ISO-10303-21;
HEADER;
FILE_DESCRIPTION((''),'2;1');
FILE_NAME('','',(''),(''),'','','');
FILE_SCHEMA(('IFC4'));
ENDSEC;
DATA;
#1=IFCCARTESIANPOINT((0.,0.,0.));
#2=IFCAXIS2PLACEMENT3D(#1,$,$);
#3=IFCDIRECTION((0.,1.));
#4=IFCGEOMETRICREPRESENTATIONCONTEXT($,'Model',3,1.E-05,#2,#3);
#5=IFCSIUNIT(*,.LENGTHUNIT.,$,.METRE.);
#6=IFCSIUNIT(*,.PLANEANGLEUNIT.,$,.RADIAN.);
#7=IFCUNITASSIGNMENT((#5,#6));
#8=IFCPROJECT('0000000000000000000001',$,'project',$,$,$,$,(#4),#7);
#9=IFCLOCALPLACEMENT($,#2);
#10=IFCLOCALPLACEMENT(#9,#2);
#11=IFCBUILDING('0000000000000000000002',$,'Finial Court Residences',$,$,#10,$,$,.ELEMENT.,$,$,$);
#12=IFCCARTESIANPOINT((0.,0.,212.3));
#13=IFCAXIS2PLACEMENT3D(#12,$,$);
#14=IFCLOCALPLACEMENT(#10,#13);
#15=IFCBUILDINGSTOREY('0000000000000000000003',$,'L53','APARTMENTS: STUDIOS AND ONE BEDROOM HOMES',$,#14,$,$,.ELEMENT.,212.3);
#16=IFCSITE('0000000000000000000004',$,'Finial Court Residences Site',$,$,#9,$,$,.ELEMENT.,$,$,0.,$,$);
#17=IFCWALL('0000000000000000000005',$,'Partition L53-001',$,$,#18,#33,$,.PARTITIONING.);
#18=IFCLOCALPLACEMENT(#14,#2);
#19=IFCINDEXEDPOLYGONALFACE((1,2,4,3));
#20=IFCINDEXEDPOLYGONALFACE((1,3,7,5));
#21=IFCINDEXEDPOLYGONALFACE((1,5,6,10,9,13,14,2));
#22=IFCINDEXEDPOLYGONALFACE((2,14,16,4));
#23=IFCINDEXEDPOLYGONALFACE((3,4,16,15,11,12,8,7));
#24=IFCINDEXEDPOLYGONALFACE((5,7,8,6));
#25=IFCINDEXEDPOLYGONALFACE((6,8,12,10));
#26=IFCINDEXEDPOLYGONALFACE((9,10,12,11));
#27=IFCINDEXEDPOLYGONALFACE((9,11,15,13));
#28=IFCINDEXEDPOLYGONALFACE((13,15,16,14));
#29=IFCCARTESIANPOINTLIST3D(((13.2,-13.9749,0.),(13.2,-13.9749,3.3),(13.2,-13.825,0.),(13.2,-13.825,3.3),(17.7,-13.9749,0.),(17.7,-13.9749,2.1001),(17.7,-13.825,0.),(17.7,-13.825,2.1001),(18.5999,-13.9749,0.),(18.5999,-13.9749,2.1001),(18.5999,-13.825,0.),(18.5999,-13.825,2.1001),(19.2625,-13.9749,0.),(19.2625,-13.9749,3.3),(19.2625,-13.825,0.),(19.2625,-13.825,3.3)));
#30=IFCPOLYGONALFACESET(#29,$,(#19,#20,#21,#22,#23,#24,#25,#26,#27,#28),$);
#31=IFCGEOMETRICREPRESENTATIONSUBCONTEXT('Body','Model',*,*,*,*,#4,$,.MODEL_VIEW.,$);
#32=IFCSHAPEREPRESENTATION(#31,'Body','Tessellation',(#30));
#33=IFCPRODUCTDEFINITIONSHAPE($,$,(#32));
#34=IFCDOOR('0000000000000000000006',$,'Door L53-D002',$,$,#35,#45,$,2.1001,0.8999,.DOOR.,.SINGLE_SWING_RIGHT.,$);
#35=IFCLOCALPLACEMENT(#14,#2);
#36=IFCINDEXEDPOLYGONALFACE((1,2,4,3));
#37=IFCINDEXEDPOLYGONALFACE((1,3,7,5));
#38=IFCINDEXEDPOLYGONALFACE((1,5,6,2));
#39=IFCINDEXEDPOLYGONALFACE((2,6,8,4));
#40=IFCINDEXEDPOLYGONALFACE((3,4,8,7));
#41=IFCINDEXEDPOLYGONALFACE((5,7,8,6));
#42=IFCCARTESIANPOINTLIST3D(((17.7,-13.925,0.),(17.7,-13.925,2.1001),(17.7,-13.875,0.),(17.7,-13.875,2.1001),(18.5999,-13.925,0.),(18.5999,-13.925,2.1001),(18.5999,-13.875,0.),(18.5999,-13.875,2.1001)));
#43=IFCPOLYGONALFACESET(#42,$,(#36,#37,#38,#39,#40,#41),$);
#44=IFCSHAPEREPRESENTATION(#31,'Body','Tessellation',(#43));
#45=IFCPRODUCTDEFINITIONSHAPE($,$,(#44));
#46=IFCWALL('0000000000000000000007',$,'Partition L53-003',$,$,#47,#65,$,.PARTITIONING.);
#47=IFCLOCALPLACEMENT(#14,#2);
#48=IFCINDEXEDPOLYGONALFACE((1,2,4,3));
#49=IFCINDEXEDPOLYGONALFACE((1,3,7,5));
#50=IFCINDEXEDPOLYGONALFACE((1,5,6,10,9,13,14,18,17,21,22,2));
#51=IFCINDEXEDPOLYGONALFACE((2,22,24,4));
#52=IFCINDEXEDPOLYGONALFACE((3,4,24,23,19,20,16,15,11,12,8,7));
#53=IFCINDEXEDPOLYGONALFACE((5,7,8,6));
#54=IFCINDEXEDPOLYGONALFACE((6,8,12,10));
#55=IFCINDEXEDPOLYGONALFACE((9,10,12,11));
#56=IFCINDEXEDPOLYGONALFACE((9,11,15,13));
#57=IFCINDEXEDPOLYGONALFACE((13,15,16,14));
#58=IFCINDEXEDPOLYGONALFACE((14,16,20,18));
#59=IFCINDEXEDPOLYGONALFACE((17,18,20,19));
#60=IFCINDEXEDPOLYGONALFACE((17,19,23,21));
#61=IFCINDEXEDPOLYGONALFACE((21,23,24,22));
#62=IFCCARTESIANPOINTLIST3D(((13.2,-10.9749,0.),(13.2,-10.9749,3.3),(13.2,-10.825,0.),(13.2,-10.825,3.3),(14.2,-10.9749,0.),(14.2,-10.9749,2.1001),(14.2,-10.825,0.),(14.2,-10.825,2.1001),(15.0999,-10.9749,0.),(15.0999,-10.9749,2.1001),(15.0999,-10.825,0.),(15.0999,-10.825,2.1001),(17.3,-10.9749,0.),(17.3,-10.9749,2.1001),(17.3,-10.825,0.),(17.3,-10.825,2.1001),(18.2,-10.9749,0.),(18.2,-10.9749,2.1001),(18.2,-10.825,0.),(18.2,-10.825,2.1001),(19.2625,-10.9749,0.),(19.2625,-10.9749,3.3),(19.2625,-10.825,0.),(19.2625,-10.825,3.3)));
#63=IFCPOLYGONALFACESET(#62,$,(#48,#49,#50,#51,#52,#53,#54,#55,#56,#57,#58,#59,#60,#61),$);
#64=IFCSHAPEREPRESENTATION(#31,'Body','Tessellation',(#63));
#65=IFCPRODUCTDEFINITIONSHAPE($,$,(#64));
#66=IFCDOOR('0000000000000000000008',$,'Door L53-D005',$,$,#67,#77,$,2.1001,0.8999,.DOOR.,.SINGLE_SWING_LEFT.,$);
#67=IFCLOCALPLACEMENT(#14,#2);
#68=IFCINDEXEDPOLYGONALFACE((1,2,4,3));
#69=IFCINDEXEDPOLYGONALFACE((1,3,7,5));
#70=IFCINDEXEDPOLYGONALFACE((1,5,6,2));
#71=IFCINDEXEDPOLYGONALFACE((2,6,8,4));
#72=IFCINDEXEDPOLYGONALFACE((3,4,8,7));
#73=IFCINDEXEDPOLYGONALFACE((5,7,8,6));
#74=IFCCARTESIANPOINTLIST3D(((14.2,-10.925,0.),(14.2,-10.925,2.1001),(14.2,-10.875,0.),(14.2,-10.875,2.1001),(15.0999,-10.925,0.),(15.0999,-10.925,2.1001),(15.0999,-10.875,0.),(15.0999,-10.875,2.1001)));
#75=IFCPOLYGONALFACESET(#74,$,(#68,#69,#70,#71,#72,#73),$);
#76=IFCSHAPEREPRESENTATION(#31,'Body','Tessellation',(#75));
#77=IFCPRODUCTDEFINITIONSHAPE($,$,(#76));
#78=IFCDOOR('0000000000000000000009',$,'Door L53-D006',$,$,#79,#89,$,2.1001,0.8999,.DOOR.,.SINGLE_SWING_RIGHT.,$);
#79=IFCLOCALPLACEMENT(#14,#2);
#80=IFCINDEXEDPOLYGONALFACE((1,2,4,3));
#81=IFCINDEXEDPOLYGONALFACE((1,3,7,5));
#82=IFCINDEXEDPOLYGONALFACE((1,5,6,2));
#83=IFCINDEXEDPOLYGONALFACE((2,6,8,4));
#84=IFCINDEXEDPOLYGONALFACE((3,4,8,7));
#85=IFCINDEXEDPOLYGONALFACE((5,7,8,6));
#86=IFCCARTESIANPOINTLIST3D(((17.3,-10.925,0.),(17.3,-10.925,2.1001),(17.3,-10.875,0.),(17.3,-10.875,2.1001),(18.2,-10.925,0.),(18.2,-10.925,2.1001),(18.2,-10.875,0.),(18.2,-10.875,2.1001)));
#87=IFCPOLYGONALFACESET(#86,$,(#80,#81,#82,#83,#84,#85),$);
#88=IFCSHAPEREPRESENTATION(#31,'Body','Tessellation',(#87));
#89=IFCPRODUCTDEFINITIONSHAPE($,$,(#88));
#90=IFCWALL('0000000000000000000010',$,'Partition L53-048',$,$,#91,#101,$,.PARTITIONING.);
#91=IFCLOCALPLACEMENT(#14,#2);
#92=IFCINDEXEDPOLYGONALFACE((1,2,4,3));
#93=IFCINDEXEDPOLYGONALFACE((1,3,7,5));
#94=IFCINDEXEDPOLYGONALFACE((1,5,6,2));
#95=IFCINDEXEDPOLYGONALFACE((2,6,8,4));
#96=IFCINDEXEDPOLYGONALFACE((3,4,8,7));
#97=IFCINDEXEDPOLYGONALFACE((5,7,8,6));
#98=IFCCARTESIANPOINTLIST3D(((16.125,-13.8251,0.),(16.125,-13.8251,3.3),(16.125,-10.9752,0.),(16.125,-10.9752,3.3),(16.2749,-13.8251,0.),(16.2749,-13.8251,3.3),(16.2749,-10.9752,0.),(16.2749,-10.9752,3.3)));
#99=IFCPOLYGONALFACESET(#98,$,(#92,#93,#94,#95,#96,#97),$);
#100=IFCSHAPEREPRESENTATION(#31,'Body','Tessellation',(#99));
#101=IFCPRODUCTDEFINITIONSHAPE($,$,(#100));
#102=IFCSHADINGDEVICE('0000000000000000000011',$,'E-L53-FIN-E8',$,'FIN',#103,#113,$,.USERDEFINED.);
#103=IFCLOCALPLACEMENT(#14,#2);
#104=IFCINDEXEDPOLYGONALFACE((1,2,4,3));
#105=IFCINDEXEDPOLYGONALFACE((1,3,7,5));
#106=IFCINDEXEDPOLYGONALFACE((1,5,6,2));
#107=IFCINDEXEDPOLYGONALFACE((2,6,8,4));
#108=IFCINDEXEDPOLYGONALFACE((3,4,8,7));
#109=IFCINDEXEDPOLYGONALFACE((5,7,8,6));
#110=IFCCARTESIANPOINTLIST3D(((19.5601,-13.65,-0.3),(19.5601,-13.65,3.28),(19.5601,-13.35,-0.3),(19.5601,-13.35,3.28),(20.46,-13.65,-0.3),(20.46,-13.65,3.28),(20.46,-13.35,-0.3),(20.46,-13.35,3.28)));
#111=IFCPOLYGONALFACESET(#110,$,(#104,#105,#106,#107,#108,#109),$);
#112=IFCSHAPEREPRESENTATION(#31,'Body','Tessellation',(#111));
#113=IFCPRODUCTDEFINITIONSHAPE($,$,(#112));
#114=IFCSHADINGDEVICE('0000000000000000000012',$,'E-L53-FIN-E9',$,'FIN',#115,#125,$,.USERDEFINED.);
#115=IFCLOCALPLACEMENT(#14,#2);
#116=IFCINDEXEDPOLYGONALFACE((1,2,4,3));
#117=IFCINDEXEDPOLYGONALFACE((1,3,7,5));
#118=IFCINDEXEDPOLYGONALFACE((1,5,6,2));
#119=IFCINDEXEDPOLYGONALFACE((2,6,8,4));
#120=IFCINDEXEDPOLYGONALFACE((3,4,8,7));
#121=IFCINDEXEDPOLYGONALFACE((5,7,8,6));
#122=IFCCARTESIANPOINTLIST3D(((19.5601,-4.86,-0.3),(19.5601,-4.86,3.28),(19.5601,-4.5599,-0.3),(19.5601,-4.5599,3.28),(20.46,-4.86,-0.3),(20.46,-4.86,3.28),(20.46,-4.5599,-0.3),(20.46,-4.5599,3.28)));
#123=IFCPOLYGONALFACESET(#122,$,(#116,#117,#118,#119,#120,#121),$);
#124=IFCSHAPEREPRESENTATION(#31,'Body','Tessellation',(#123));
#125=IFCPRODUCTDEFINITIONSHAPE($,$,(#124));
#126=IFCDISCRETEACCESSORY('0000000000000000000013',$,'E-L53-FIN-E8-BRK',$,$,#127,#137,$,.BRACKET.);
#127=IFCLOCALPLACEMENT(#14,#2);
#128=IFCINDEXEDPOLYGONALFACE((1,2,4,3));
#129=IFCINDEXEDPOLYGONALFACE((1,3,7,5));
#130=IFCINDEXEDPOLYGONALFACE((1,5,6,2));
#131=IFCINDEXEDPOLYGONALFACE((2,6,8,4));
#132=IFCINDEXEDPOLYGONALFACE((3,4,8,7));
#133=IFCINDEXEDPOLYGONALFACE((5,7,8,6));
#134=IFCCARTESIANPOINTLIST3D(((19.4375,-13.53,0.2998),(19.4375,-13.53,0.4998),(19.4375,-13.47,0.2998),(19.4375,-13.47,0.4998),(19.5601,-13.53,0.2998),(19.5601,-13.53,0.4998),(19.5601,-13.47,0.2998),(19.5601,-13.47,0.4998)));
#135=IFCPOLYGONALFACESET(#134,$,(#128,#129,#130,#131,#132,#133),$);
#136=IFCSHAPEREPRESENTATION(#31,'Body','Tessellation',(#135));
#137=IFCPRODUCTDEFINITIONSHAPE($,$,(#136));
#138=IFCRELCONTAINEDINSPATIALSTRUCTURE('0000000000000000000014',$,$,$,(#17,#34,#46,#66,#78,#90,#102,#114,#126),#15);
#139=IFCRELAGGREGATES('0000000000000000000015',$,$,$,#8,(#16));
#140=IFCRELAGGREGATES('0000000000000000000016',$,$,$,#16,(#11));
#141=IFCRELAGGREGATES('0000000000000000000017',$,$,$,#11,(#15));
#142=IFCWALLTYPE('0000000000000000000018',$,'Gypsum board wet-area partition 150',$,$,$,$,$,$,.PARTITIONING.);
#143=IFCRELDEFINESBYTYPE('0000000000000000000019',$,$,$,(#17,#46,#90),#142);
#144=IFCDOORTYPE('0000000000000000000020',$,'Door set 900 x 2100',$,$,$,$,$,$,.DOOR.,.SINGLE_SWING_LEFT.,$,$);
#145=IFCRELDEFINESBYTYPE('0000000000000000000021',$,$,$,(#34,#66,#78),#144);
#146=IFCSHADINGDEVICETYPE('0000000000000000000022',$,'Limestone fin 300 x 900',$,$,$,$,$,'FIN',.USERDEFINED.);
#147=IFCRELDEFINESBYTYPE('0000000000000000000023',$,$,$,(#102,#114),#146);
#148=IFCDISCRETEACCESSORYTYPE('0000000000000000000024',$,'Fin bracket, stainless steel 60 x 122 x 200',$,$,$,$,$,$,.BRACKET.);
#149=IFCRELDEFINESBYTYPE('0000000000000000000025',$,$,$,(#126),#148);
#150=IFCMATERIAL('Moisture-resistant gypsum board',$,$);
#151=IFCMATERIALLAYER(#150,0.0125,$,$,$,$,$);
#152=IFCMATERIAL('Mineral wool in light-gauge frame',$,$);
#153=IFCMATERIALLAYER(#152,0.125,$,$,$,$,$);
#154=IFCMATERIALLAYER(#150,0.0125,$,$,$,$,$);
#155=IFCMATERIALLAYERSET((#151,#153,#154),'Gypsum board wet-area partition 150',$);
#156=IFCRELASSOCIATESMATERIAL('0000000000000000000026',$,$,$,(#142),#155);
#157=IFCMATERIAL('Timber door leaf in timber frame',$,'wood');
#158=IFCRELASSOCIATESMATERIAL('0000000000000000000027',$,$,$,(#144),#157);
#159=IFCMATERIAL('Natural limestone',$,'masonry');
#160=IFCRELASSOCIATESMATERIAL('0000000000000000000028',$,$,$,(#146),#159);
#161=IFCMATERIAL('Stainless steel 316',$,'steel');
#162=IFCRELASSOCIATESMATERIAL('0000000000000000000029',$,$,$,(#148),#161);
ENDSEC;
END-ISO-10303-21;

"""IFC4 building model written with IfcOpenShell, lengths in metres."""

from ifc_helpers import new_model, si_unit, direction, frame, frame_2d, origin, origin_2d, place, context, subcontext, project, spatial, rectangle, extrude, material, layer, layer_set, type_object, element, fill, save


model = new_model("IFC4")

# Units and contexts
model_context = context("Model", 3, precision=1e-05, world=origin(), true_north=direction((0.0, 1.0)))
body_context = subcontext(model_context, "Body", "Model", "MODEL_VIEW")
ifc_project = project(units=[si_unit("LENGTHUNIT", "METRE"), si_unit("PLANEANGLEUNIT", "RADIAN")], contexts=[model_context])

# Site, building, storey
site_placement = place(None, origin())
site = spatial("IfcSite", under=ifc_project, at=site_placement, Name="Finial Court Residences Site", CompositionType="ELEMENT", RefElevation=0.0)
building_placement = place(site_placement, origin())
building = spatial("IfcBuilding", under=site, at=building_placement, Name="Finial Court Residences", CompositionType="ELEMENT")
storey_placement = place(building_placement, frame((0.0, 0.0, 212.3)))
storey = spatial("IfcBuildingStorey", under=building, at=storey_placement, Name="L53", Description="APARTMENTS: STUDIOS AND ONE BEDROOM HOMES", CompositionType="ELEMENT", Elevation=212.3)

# Wall, opening, door
ifc_material_1 = material(Name="Moisture-resistant gypsum board")
ifc_layer_1 = layer(ifc_material_1, 0.0125)
ifc_material_2 = material(Name="Mineral wool in light-gauge frame")
ifc_layer_2 = layer(ifc_material_2, 0.125)
ifc_layer_3 = layer(ifc_material_1, 0.0125)
ifc_layer_set_1 = layer_set([ifc_layer_1, ifc_layer_2, ifc_layer_3], Name="Gypsum board wet-area partition 150")
wall_type_1 = type_object("IfcWallType", Name="Gypsum board wet-area partition 150", PredefinedType="PARTITIONING", material=ifc_layer_set_1)
wall_1_placement = place(storey_placement, frame((13.2, -13.8999, 0.0), z_axis=(0.0, 0.0, 1.0), x_axis=(1.0, 0.0, 0.0)))
wall_1 = element("IfcWall", 1, at=wall_1_placement, inside=storey, type_object=wall_type_1, Name="Partition L53-001", PredefinedType="PARTITIONING", context=body_context, shape_type="SweptSolid", body=[
    extrude(rectangle(XDim=6.0625, YDim=0.1499, at=frame_2d((3.0312, 0.0))), origin(), (0.0, 0.0, 1.0), 3.3),
])
opening_1_placement = place(wall_1_placement, frame((4.5, 0.0, 0.0)))
opening_1 = element("IfcOpeningElement", 2, at=opening_1_placement, cuts=wall_1, PredefinedType="OPENING", context=body_context, shape_type="SweptSolid", body=[
    extrude(rectangle(XDim=0.8999, YDim=2.1001, at=frame_2d((0.45, 1.05))), frame((0.0, 0.085, 0.0), z_axis=(0.0, -1.0, 0.0), x_axis=(1.0, 0.0, 0.0)), (0.0, 0.0, 1.0), 0.1699),
])
ifc_material_3 = material(Name="Timber door leaf in timber frame", Category="wood")
door_type_1 = type_object("IfcDoorType", Name="Door set 900 x 2100", OperationType="SINGLE_SWING_LEFT", PredefinedType="DOOR", material=ifc_material_3)
door_1_placement = place(opening_1_placement, origin())
door_1 = element("IfcDoor", 3, at=door_1_placement, inside=storey, type_object=door_type_1, Name="Door L53-D002", OperationType="SINGLE_SWING_RIGHT", OverallHeight=2.1001, OverallWidth=0.8999, PredefinedType="DOOR", context=body_context, shape_type="SweptSolid", body=[
    extrude(rectangle(XDim=0.8999, YDim=2.1001, at=frame_2d((0.45, 1.05))), frame((0.0, 0.0249, 0.0), z_axis=(0.0, -1.0, 0.0), x_axis=(1.0, 0.0, 0.0)), (0.0, 0.0, 1.0), 0.05),
])
fill(opening_1, door_1)

# Wall, openings, doors
wall_2_placement = place(storey_placement, frame((13.2, -10.8999, 0.0), z_axis=(0.0, 0.0, 1.0), x_axis=(1.0, 0.0, 0.0)))
wall_2 = element("IfcWall", 4, at=wall_2_placement, inside=storey, type_object=wall_type_1, Name="Partition L53-003", PredefinedType="PARTITIONING", context=body_context, shape_type="SweptSolid", body=[
    extrude(rectangle(XDim=6.0625, YDim=0.1499, at=frame_2d((3.0312, 0.0))), origin(), (0.0, 0.0, 1.0), 3.3),
])
opening_2_placement = place(wall_2_placement, frame((1.0, 0.0, 0.0)))
opening_2 = element("IfcOpeningElement", 5, at=opening_2_placement, cuts=wall_2, PredefinedType="OPENING", context=body_context, shape_type="SweptSolid", body=[
    extrude(rectangle(XDim=0.8999, YDim=2.1001, at=frame_2d((0.45, 1.05))), frame((0.0, 0.085, 0.0), z_axis=(0.0, -1.0, 0.0), x_axis=(1.0, 0.0, 0.0)), (0.0, 0.0, 1.0), 0.1699),
])
opening_3_placement = place(wall_2_placement, frame((4.1001, 0.0, 0.0)))
opening_3 = element("IfcOpeningElement", 6, at=opening_3_placement, cuts=wall_2, PredefinedType="OPENING", context=body_context, shape_type="SweptSolid", body=[
    extrude(rectangle(XDim=0.8999, YDim=2.1001, at=frame_2d((0.45, 1.05))), frame((0.0, 0.085, 0.0), z_axis=(0.0, -1.0, 0.0), x_axis=(1.0, 0.0, 0.0)), (0.0, 0.0, 1.0), 0.1699),
])
door_2_placement = place(opening_2_placement, origin())
door_2 = element("IfcDoor", 7, at=door_2_placement, inside=storey, type_object=door_type_1, Name="Door L53-D005", OperationType="SINGLE_SWING_LEFT", OverallHeight=2.1001, OverallWidth=0.8999, PredefinedType="DOOR", context=body_context, shape_type="SweptSolid", body=[
    extrude(rectangle(XDim=0.8999, YDim=2.1001, at=frame_2d((0.45, 1.05))), frame((0.0, 0.0249, 0.0), z_axis=(0.0, -1.0, 0.0), x_axis=(1.0, 0.0, 0.0)), (0.0, 0.0, 1.0), 0.05),
])
fill(opening_2, door_2)
door_3_placement = place(opening_3_placement, origin())
door_3 = element("IfcDoor", 8, at=door_3_placement, inside=storey, type_object=door_type_1, Name="Door L53-D006", OperationType="SINGLE_SWING_RIGHT", OverallHeight=2.1001, OverallWidth=0.8999, PredefinedType="DOOR", context=body_context, shape_type="SweptSolid", body=[
    extrude(rectangle(XDim=0.8999, YDim=2.1001, at=frame_2d((0.45, 1.05))), frame((0.0, 0.0249, 0.0), z_axis=(0.0, -1.0, 0.0), x_axis=(1.0, 0.0, 0.0)), (0.0, 0.0, 1.0), 0.05),
])
fill(opening_3, door_3)

# Wall
wall_3_placement = place(storey_placement, frame((16.2, -13.825, 0.0), z_axis=(0.0, 0.0, 1.0), x_axis=(0.0, 1.0, 0.0)))
element("IfcWall", 9, at=wall_3_placement, inside=storey, type_object=wall_type_1, Name="Partition L53-048", PredefinedType="PARTITIONING", context=body_context, shape_type="SweptSolid", body=[
    extrude(rectangle(XDim=2.8499, YDim=0.1499, at=frame_2d((1.4248, 0.0))), origin(), (0.0, 0.0, 1.0), 3.3),
])

# Shading devices
ifc_material_4 = material(Name="Natural limestone", Category="masonry")
shading_device_type = type_object("IfcShadingDeviceType", Name="Limestone fin 300 x 900", ElementType="FIN", PredefinedType="USERDEFINED", material=ifc_material_4)
for number, where, z_axis, x_axis, name in (
    (10, (20.01, -13.5, -0.3), (0.0, 0.0, 1.0), (1.0, 0.0, 0.0), "E-L53-FIN-E8"),
    (11, (20.01, -4.71, -0.3), (0.0, 0.0, 1.0), (1.0, 0.0, 0.0), "E-L53-FIN-E9"),
):
    element("IfcShadingDevice", number, at=place(storey_placement, frame(where, z_axis=z_axis, x_axis=x_axis)), inside=storey, type_object=shading_device_type, Name=name, ObjectType="FIN", PredefinedType="USERDEFINED", context=body_context, shape_type="SweptSolid", body=[
        extrude(rectangle(XDim=0.8999, YDim=0.3, at=origin_2d()), origin(), (0.0, 0.0, 1.0), 3.5801),
    ])

# Discrete accessory
ifc_material_5 = material(Name="Stainless steel 316", Category="steel")
discrete_accessory_type = type_object("IfcDiscreteAccessoryType", Name="Fin bracket, stainless steel 60 x 122 x 200", PredefinedType="BRACKET", material=ifc_material_5)
discrete_accessory_placement = place(storey_placement, frame((19.4988, -13.5, 0.2998), z_axis=(0.0, 0.0, 1.0), x_axis=(1.0, 0.0, 0.0)))
element("IfcDiscreteAccessory", 12, at=discrete_accessory_placement, inside=storey, type_object=discrete_accessory_type, Name="E-L53-FIN-E8-BRK", PredefinedType="BRACKET", context=body_context, shape_type="SweptSolid", body=[
    extrude(rectangle(XDim=0.1226, YDim=0.0601, at=origin_2d()), origin(), (0.0, 0.0, 1.0), 0.2),
])

save(model, "model.ifc")
